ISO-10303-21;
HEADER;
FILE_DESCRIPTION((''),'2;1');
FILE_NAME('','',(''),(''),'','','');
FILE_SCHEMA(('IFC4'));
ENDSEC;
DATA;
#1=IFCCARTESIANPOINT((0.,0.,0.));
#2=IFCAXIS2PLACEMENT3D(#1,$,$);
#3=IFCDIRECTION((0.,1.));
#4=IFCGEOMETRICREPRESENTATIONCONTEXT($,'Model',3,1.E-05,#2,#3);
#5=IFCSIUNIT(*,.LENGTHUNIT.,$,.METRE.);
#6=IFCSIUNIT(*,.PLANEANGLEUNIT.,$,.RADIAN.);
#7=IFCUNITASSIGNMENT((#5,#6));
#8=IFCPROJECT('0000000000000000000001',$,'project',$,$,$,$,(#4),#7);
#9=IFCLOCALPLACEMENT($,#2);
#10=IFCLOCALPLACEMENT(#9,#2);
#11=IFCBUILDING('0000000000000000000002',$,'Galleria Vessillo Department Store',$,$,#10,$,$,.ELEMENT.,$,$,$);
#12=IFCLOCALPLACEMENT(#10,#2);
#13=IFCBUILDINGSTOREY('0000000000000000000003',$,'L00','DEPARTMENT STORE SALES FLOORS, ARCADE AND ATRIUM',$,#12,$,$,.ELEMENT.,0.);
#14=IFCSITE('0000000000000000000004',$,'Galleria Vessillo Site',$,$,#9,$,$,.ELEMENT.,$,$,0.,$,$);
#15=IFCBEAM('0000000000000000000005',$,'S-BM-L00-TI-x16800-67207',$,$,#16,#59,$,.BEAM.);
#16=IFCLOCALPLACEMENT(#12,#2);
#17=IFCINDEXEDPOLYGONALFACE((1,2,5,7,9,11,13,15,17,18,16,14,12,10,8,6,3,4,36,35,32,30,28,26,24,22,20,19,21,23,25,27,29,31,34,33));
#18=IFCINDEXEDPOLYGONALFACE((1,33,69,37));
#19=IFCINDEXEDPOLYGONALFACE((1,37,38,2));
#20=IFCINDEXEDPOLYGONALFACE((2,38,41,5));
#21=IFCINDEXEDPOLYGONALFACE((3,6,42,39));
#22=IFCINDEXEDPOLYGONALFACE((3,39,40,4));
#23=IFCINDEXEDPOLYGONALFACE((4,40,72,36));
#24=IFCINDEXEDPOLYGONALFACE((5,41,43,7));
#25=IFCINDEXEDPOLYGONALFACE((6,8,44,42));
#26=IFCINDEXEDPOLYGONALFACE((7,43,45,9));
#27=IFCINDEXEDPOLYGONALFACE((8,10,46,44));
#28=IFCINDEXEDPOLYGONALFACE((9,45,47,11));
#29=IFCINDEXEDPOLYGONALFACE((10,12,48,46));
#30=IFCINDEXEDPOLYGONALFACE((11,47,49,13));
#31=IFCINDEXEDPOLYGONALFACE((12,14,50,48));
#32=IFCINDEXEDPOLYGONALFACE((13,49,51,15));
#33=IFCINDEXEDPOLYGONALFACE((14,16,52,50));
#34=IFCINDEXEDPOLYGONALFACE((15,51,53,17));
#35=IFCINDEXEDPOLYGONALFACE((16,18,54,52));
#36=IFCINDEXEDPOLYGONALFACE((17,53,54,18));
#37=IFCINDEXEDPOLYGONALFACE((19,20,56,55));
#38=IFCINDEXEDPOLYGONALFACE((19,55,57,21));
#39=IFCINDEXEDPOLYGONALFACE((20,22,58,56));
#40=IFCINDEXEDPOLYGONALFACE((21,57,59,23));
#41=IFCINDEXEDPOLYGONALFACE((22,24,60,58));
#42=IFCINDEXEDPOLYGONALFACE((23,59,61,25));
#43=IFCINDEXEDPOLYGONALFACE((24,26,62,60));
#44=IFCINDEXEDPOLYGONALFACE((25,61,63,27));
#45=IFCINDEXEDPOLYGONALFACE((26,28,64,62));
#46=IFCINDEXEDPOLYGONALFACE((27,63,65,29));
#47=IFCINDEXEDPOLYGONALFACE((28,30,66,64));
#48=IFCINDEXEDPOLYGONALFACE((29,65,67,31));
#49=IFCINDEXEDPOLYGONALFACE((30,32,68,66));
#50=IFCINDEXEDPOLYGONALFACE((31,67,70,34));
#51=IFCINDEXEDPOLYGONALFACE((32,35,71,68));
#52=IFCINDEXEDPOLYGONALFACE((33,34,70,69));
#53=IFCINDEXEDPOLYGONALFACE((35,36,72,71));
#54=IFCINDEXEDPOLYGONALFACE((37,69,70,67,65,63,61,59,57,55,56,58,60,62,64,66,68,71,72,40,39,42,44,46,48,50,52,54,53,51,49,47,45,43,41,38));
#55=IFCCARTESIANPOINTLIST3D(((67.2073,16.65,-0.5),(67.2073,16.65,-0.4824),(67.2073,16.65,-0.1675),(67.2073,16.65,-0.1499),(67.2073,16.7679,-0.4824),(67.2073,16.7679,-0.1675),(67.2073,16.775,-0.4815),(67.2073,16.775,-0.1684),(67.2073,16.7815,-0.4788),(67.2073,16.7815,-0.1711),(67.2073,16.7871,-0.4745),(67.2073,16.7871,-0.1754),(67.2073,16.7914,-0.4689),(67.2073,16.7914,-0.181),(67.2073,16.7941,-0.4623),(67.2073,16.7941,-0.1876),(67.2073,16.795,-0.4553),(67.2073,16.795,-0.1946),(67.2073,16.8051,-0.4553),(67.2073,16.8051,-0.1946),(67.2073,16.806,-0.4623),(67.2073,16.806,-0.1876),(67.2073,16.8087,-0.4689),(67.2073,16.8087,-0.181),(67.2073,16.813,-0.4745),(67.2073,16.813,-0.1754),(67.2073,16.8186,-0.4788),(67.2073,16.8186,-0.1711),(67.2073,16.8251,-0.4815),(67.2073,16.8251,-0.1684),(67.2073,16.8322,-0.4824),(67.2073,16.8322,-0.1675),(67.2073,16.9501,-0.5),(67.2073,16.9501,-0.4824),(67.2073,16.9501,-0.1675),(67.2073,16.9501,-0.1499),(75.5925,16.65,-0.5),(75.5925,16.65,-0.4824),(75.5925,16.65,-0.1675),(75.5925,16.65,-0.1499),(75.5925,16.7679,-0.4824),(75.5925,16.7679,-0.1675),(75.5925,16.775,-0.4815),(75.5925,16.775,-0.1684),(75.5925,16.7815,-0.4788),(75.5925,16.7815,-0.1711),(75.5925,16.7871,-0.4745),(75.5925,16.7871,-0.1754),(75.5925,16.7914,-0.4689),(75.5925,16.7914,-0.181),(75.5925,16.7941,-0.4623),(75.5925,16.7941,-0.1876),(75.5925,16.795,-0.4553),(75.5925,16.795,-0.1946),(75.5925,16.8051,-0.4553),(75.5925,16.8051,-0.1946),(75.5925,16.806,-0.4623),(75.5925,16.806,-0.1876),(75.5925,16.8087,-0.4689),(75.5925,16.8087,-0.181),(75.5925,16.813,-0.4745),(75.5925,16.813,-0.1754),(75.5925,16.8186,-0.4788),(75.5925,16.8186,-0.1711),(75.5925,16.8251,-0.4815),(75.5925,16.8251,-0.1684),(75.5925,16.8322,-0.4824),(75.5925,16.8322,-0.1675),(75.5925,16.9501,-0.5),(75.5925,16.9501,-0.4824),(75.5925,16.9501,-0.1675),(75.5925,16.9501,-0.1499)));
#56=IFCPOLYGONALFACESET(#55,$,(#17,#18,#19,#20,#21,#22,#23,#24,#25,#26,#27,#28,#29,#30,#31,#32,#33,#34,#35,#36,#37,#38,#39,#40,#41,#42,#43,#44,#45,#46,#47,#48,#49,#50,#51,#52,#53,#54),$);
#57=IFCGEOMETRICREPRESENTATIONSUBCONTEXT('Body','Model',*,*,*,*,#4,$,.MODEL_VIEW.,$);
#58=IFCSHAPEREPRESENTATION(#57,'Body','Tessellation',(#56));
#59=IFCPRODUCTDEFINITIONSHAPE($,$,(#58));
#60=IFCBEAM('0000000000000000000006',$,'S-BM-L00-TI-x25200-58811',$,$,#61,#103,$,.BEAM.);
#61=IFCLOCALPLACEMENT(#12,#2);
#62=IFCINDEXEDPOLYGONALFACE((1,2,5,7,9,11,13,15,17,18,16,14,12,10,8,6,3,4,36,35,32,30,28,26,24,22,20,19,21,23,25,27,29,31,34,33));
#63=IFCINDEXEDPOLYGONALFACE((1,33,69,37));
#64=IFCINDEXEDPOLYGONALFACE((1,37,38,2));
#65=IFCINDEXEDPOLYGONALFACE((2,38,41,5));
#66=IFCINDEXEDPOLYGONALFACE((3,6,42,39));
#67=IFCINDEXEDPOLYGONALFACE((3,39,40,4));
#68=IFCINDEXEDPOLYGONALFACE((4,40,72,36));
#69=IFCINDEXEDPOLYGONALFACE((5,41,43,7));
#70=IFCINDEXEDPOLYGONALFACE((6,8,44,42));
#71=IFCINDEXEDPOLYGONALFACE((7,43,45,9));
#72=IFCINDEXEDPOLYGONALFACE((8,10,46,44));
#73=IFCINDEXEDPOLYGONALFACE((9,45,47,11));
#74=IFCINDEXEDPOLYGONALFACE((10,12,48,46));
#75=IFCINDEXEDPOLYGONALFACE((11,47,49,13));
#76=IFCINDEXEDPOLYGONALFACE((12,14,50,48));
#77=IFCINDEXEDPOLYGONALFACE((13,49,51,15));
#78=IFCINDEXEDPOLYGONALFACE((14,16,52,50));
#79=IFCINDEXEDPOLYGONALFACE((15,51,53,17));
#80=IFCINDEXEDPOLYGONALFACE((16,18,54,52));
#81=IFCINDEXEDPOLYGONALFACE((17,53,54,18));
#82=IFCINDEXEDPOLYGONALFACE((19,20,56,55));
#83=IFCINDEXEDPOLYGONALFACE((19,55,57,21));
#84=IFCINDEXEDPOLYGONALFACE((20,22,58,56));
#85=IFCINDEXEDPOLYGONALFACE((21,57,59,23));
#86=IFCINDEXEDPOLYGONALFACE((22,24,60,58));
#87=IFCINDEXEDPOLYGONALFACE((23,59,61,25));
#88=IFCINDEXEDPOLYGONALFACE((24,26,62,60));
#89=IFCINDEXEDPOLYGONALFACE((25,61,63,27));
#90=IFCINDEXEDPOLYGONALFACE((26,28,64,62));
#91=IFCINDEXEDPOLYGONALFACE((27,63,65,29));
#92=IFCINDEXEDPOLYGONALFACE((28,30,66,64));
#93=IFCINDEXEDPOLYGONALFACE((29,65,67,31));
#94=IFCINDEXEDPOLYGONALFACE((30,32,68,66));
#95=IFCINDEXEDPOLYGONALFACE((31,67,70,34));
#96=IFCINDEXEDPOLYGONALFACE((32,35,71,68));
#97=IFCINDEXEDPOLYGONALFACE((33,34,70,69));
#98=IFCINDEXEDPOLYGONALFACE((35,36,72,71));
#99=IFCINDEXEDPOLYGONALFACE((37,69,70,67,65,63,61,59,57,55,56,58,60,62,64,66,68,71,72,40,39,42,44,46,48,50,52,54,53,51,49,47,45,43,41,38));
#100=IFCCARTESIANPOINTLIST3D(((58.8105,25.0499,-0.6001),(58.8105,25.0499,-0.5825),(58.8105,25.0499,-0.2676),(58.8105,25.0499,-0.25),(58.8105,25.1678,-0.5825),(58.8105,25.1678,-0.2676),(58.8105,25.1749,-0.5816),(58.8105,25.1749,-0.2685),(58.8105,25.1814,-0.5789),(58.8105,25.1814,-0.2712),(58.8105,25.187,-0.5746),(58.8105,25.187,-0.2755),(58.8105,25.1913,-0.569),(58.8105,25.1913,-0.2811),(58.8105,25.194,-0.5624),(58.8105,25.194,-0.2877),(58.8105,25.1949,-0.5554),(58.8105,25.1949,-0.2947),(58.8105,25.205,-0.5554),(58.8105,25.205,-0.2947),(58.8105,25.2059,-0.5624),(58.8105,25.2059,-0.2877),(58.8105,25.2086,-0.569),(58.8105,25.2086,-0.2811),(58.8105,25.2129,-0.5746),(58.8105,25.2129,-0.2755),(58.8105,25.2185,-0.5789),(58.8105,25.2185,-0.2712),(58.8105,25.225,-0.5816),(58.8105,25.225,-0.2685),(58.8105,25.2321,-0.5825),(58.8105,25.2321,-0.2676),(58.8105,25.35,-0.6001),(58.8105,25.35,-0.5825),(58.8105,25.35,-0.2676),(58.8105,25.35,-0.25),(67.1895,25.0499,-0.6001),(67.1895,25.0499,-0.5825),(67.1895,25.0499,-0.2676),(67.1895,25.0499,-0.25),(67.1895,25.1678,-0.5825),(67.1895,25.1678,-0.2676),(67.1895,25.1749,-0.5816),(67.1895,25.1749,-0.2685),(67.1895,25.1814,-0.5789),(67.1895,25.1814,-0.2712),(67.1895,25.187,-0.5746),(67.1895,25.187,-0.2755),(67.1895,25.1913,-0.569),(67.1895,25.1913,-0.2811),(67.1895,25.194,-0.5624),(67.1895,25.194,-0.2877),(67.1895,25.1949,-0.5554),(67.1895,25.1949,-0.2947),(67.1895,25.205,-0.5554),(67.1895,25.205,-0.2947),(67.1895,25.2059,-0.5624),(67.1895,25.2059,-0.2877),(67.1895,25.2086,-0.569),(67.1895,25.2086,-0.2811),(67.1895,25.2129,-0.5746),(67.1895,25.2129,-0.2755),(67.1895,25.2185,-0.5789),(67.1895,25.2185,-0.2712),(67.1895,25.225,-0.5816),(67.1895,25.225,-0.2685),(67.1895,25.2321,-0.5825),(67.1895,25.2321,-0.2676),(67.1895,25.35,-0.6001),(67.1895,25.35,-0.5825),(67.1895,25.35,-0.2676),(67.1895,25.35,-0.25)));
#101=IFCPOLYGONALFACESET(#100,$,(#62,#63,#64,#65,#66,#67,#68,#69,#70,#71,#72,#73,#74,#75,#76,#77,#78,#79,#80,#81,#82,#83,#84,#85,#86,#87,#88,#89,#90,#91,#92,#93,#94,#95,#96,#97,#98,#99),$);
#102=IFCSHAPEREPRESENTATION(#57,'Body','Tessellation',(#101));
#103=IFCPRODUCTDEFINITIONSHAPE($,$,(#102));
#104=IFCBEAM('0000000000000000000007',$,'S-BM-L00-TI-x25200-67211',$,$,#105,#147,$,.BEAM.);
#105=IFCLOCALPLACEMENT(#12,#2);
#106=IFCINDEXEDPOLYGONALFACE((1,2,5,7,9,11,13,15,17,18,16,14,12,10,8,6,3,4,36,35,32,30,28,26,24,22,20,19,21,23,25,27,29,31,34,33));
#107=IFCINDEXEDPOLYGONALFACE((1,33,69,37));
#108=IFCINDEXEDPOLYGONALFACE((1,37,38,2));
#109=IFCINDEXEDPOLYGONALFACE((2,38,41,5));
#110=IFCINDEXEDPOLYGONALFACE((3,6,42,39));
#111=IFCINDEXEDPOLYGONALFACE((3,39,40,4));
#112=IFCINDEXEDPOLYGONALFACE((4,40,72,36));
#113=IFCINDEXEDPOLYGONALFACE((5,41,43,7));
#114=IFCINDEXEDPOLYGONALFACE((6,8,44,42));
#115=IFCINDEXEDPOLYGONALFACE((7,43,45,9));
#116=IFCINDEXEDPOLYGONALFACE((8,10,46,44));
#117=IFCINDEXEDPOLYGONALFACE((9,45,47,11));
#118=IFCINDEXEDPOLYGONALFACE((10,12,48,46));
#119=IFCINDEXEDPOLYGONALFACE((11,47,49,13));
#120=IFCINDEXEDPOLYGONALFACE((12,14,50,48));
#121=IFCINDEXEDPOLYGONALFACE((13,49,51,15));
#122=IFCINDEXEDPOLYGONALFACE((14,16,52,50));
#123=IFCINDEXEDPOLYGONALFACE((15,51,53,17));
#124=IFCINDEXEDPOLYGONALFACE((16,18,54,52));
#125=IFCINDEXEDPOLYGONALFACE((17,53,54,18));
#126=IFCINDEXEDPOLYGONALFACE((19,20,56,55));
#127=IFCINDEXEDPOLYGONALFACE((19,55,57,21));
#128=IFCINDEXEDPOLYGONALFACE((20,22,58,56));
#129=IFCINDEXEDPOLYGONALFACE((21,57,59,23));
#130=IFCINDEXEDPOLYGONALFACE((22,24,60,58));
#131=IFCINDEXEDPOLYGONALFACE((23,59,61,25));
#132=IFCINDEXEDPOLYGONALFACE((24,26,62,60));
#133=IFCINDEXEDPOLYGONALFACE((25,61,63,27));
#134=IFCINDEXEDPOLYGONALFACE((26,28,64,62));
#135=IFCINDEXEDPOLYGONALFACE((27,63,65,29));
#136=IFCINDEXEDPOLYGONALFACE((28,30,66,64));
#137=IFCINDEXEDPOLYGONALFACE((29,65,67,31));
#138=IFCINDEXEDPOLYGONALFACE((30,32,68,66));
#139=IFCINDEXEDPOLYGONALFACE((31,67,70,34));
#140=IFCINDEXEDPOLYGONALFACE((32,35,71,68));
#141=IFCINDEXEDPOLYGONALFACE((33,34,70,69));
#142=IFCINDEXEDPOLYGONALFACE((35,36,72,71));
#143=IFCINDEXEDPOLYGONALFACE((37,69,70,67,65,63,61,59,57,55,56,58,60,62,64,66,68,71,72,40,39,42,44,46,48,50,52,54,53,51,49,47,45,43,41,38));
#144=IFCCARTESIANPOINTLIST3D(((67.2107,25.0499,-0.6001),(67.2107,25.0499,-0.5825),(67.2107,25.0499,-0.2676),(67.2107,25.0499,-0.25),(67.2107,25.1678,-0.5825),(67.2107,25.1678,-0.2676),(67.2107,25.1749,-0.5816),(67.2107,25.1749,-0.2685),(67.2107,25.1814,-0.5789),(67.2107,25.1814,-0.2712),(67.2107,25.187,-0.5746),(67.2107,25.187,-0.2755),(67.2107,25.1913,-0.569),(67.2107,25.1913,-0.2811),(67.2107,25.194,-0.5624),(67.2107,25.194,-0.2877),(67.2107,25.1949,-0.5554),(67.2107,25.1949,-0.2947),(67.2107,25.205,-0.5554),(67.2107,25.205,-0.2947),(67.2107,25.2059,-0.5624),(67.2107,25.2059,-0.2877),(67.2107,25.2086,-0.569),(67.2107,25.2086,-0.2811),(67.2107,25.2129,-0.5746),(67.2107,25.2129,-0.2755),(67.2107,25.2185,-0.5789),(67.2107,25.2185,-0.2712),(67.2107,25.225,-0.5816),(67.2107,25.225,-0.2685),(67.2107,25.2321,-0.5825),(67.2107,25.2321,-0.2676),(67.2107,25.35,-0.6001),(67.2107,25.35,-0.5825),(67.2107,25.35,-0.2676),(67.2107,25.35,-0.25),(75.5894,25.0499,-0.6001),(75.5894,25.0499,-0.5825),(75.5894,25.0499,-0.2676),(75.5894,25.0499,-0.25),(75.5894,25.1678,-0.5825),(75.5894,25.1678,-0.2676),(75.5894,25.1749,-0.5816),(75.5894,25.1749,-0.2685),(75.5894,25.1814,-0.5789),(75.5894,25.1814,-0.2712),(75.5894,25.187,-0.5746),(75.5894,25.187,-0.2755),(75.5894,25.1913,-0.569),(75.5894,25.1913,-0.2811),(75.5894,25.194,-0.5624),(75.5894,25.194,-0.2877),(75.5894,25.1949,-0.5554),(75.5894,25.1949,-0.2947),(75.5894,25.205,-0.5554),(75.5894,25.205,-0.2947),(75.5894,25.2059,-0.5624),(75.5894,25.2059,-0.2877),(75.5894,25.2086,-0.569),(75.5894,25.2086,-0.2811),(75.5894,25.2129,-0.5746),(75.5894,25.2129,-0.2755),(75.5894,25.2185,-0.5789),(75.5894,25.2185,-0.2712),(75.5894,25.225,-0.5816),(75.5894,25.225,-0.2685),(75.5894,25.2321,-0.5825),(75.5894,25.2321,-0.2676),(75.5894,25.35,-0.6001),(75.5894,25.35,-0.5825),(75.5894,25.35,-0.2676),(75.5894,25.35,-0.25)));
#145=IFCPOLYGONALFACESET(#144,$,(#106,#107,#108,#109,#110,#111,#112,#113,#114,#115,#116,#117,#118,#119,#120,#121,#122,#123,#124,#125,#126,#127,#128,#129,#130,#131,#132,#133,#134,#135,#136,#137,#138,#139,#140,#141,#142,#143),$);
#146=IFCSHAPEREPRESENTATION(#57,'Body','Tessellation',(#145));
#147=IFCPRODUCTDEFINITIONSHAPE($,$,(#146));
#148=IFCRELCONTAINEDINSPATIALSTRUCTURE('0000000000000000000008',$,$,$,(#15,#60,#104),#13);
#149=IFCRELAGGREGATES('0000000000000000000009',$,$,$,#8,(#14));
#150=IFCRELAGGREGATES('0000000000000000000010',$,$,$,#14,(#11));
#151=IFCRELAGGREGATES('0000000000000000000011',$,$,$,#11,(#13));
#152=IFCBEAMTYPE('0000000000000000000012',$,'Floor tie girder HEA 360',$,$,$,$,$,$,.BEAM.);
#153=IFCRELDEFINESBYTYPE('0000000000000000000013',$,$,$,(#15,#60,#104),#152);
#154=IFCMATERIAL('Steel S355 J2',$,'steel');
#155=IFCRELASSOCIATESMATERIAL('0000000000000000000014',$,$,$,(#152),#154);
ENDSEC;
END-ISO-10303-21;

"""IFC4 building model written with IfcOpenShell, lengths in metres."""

from ifc_helpers import new_model, si_unit, direction, frame, origin, origin_2d, place, context, subcontext, project, spatial, i_section, extrude, material, material_profile, profile_set, type_object, element, save


model = new_model("IFC4")

# Units and contexts
model_context = context("Model", 3, precision=1e-05, world=origin(), true_north=direction((0.0, 1.0)))
body_context = subcontext(model_context, "Body", "Model", "MODEL_VIEW")
ifc_project = project(units=[si_unit("LENGTHUNIT", "METRE"), si_unit("PLANEANGLEUNIT", "RADIAN")], contexts=[model_context])

# Site, building, storey
site_placement = place(None, origin())
site = spatial("IfcSite", under=ifc_project, at=site_placement, Name="Galleria Vessillo Site", CompositionType="ELEMENT", RefElevation=0.0)
building_placement = place(site_placement, origin())
building = spatial("IfcBuilding", under=site, at=building_placement, Name="Galleria Vessillo Department Store", CompositionType="ELEMENT")
storey_placement = place(building_placement, origin())
storey = spatial("IfcBuildingStorey", under=building, at=storey_placement, Name="L00", Description="DEPARTMENT STORE SALES FLOORS, ARCADE AND ATRIUM", CompositionType="ELEMENT", Elevation=0.0)

# Beams
ifc_material_1 = material(Name="Steel S355 J2", Category="steel")
ifc_material_profile_1 = material_profile(ifc_material_1, i_section(OverallWidth=0.3, OverallDepth=0.3501, WebThickness=0.01, FlangeThickness=0.0176, FilletRadius=0.0271, at=origin_2d()), Name="HEA 360")
ifc_profile_set_1 = profile_set([ifc_material_profile_1], Name="Steel S355 J2")
beam_type_1 = type_object("IfcBeamType", Name="Floor tie girder HEA 360", PredefinedType="BEAM", material=ifc_profile_set_1)
for number, where, z_axis, x_axis, name in (
    (1, (67.2073, 16.8, -0.325), (1.0, 0.0, 0.0), (0.0, 1.0, 0.0), "S-BM-L00-TI-x16800-67207"),
):
    element("IfcBeam", number, at=place(storey_placement, frame(where, z_axis=z_axis, x_axis=x_axis)), inside=storey, type_object=beam_type_1, Name=name, PredefinedType="BEAM", context=body_context, shape_type="SweptSolid", body=[
        extrude(i_section(OverallWidth=0.3, OverallDepth=0.3501, WebThickness=0.01, FlangeThickness=0.0176, FilletRadius=0.0271, at=origin_2d()), origin(), (0.0, 0.0, 1.0), 8.3853),
    ])
beam_1_placement = place(storey_placement, frame((58.8105, 25.2, -0.425), z_axis=(1.0, 0.0, 0.0), x_axis=(0.0, 1.0, 0.0)))
element("IfcBeam", 2, at=beam_1_placement, inside=storey, type_object=beam_type_1, Name="S-BM-L00-TI-x25200-58811", PredefinedType="BEAM", context=body_context, shape_type="SweptSolid", body=[
    extrude(i_section(OverallWidth=0.3, OverallDepth=0.3501, WebThickness=0.01, FlangeThickness=0.0176, FilletRadius=0.0271, at=origin_2d()), origin(), (0.0, 0.0, 1.0), 8.3789),
])
beam_2_placement = place(storey_placement, frame((67.2107, 25.2, -0.425), z_axis=(1.0, 0.0, 0.0), x_axis=(0.0, 1.0, 0.0)))
element("IfcBeam", 3, at=beam_2_placement, inside=storey, type_object=beam_type_1, Name="S-BM-L00-TI-x25200-67211", PredefinedType="BEAM", context=body_context, shape_type="SweptSolid", body=[
    extrude(i_section(OverallWidth=0.3, OverallDepth=0.3501, WebThickness=0.01, FlangeThickness=0.0176, FilletRadius=0.0271, at=origin_2d()), origin(), (0.0, 0.0, 1.0), 8.3787),
])

save(model, "model.ifc")
